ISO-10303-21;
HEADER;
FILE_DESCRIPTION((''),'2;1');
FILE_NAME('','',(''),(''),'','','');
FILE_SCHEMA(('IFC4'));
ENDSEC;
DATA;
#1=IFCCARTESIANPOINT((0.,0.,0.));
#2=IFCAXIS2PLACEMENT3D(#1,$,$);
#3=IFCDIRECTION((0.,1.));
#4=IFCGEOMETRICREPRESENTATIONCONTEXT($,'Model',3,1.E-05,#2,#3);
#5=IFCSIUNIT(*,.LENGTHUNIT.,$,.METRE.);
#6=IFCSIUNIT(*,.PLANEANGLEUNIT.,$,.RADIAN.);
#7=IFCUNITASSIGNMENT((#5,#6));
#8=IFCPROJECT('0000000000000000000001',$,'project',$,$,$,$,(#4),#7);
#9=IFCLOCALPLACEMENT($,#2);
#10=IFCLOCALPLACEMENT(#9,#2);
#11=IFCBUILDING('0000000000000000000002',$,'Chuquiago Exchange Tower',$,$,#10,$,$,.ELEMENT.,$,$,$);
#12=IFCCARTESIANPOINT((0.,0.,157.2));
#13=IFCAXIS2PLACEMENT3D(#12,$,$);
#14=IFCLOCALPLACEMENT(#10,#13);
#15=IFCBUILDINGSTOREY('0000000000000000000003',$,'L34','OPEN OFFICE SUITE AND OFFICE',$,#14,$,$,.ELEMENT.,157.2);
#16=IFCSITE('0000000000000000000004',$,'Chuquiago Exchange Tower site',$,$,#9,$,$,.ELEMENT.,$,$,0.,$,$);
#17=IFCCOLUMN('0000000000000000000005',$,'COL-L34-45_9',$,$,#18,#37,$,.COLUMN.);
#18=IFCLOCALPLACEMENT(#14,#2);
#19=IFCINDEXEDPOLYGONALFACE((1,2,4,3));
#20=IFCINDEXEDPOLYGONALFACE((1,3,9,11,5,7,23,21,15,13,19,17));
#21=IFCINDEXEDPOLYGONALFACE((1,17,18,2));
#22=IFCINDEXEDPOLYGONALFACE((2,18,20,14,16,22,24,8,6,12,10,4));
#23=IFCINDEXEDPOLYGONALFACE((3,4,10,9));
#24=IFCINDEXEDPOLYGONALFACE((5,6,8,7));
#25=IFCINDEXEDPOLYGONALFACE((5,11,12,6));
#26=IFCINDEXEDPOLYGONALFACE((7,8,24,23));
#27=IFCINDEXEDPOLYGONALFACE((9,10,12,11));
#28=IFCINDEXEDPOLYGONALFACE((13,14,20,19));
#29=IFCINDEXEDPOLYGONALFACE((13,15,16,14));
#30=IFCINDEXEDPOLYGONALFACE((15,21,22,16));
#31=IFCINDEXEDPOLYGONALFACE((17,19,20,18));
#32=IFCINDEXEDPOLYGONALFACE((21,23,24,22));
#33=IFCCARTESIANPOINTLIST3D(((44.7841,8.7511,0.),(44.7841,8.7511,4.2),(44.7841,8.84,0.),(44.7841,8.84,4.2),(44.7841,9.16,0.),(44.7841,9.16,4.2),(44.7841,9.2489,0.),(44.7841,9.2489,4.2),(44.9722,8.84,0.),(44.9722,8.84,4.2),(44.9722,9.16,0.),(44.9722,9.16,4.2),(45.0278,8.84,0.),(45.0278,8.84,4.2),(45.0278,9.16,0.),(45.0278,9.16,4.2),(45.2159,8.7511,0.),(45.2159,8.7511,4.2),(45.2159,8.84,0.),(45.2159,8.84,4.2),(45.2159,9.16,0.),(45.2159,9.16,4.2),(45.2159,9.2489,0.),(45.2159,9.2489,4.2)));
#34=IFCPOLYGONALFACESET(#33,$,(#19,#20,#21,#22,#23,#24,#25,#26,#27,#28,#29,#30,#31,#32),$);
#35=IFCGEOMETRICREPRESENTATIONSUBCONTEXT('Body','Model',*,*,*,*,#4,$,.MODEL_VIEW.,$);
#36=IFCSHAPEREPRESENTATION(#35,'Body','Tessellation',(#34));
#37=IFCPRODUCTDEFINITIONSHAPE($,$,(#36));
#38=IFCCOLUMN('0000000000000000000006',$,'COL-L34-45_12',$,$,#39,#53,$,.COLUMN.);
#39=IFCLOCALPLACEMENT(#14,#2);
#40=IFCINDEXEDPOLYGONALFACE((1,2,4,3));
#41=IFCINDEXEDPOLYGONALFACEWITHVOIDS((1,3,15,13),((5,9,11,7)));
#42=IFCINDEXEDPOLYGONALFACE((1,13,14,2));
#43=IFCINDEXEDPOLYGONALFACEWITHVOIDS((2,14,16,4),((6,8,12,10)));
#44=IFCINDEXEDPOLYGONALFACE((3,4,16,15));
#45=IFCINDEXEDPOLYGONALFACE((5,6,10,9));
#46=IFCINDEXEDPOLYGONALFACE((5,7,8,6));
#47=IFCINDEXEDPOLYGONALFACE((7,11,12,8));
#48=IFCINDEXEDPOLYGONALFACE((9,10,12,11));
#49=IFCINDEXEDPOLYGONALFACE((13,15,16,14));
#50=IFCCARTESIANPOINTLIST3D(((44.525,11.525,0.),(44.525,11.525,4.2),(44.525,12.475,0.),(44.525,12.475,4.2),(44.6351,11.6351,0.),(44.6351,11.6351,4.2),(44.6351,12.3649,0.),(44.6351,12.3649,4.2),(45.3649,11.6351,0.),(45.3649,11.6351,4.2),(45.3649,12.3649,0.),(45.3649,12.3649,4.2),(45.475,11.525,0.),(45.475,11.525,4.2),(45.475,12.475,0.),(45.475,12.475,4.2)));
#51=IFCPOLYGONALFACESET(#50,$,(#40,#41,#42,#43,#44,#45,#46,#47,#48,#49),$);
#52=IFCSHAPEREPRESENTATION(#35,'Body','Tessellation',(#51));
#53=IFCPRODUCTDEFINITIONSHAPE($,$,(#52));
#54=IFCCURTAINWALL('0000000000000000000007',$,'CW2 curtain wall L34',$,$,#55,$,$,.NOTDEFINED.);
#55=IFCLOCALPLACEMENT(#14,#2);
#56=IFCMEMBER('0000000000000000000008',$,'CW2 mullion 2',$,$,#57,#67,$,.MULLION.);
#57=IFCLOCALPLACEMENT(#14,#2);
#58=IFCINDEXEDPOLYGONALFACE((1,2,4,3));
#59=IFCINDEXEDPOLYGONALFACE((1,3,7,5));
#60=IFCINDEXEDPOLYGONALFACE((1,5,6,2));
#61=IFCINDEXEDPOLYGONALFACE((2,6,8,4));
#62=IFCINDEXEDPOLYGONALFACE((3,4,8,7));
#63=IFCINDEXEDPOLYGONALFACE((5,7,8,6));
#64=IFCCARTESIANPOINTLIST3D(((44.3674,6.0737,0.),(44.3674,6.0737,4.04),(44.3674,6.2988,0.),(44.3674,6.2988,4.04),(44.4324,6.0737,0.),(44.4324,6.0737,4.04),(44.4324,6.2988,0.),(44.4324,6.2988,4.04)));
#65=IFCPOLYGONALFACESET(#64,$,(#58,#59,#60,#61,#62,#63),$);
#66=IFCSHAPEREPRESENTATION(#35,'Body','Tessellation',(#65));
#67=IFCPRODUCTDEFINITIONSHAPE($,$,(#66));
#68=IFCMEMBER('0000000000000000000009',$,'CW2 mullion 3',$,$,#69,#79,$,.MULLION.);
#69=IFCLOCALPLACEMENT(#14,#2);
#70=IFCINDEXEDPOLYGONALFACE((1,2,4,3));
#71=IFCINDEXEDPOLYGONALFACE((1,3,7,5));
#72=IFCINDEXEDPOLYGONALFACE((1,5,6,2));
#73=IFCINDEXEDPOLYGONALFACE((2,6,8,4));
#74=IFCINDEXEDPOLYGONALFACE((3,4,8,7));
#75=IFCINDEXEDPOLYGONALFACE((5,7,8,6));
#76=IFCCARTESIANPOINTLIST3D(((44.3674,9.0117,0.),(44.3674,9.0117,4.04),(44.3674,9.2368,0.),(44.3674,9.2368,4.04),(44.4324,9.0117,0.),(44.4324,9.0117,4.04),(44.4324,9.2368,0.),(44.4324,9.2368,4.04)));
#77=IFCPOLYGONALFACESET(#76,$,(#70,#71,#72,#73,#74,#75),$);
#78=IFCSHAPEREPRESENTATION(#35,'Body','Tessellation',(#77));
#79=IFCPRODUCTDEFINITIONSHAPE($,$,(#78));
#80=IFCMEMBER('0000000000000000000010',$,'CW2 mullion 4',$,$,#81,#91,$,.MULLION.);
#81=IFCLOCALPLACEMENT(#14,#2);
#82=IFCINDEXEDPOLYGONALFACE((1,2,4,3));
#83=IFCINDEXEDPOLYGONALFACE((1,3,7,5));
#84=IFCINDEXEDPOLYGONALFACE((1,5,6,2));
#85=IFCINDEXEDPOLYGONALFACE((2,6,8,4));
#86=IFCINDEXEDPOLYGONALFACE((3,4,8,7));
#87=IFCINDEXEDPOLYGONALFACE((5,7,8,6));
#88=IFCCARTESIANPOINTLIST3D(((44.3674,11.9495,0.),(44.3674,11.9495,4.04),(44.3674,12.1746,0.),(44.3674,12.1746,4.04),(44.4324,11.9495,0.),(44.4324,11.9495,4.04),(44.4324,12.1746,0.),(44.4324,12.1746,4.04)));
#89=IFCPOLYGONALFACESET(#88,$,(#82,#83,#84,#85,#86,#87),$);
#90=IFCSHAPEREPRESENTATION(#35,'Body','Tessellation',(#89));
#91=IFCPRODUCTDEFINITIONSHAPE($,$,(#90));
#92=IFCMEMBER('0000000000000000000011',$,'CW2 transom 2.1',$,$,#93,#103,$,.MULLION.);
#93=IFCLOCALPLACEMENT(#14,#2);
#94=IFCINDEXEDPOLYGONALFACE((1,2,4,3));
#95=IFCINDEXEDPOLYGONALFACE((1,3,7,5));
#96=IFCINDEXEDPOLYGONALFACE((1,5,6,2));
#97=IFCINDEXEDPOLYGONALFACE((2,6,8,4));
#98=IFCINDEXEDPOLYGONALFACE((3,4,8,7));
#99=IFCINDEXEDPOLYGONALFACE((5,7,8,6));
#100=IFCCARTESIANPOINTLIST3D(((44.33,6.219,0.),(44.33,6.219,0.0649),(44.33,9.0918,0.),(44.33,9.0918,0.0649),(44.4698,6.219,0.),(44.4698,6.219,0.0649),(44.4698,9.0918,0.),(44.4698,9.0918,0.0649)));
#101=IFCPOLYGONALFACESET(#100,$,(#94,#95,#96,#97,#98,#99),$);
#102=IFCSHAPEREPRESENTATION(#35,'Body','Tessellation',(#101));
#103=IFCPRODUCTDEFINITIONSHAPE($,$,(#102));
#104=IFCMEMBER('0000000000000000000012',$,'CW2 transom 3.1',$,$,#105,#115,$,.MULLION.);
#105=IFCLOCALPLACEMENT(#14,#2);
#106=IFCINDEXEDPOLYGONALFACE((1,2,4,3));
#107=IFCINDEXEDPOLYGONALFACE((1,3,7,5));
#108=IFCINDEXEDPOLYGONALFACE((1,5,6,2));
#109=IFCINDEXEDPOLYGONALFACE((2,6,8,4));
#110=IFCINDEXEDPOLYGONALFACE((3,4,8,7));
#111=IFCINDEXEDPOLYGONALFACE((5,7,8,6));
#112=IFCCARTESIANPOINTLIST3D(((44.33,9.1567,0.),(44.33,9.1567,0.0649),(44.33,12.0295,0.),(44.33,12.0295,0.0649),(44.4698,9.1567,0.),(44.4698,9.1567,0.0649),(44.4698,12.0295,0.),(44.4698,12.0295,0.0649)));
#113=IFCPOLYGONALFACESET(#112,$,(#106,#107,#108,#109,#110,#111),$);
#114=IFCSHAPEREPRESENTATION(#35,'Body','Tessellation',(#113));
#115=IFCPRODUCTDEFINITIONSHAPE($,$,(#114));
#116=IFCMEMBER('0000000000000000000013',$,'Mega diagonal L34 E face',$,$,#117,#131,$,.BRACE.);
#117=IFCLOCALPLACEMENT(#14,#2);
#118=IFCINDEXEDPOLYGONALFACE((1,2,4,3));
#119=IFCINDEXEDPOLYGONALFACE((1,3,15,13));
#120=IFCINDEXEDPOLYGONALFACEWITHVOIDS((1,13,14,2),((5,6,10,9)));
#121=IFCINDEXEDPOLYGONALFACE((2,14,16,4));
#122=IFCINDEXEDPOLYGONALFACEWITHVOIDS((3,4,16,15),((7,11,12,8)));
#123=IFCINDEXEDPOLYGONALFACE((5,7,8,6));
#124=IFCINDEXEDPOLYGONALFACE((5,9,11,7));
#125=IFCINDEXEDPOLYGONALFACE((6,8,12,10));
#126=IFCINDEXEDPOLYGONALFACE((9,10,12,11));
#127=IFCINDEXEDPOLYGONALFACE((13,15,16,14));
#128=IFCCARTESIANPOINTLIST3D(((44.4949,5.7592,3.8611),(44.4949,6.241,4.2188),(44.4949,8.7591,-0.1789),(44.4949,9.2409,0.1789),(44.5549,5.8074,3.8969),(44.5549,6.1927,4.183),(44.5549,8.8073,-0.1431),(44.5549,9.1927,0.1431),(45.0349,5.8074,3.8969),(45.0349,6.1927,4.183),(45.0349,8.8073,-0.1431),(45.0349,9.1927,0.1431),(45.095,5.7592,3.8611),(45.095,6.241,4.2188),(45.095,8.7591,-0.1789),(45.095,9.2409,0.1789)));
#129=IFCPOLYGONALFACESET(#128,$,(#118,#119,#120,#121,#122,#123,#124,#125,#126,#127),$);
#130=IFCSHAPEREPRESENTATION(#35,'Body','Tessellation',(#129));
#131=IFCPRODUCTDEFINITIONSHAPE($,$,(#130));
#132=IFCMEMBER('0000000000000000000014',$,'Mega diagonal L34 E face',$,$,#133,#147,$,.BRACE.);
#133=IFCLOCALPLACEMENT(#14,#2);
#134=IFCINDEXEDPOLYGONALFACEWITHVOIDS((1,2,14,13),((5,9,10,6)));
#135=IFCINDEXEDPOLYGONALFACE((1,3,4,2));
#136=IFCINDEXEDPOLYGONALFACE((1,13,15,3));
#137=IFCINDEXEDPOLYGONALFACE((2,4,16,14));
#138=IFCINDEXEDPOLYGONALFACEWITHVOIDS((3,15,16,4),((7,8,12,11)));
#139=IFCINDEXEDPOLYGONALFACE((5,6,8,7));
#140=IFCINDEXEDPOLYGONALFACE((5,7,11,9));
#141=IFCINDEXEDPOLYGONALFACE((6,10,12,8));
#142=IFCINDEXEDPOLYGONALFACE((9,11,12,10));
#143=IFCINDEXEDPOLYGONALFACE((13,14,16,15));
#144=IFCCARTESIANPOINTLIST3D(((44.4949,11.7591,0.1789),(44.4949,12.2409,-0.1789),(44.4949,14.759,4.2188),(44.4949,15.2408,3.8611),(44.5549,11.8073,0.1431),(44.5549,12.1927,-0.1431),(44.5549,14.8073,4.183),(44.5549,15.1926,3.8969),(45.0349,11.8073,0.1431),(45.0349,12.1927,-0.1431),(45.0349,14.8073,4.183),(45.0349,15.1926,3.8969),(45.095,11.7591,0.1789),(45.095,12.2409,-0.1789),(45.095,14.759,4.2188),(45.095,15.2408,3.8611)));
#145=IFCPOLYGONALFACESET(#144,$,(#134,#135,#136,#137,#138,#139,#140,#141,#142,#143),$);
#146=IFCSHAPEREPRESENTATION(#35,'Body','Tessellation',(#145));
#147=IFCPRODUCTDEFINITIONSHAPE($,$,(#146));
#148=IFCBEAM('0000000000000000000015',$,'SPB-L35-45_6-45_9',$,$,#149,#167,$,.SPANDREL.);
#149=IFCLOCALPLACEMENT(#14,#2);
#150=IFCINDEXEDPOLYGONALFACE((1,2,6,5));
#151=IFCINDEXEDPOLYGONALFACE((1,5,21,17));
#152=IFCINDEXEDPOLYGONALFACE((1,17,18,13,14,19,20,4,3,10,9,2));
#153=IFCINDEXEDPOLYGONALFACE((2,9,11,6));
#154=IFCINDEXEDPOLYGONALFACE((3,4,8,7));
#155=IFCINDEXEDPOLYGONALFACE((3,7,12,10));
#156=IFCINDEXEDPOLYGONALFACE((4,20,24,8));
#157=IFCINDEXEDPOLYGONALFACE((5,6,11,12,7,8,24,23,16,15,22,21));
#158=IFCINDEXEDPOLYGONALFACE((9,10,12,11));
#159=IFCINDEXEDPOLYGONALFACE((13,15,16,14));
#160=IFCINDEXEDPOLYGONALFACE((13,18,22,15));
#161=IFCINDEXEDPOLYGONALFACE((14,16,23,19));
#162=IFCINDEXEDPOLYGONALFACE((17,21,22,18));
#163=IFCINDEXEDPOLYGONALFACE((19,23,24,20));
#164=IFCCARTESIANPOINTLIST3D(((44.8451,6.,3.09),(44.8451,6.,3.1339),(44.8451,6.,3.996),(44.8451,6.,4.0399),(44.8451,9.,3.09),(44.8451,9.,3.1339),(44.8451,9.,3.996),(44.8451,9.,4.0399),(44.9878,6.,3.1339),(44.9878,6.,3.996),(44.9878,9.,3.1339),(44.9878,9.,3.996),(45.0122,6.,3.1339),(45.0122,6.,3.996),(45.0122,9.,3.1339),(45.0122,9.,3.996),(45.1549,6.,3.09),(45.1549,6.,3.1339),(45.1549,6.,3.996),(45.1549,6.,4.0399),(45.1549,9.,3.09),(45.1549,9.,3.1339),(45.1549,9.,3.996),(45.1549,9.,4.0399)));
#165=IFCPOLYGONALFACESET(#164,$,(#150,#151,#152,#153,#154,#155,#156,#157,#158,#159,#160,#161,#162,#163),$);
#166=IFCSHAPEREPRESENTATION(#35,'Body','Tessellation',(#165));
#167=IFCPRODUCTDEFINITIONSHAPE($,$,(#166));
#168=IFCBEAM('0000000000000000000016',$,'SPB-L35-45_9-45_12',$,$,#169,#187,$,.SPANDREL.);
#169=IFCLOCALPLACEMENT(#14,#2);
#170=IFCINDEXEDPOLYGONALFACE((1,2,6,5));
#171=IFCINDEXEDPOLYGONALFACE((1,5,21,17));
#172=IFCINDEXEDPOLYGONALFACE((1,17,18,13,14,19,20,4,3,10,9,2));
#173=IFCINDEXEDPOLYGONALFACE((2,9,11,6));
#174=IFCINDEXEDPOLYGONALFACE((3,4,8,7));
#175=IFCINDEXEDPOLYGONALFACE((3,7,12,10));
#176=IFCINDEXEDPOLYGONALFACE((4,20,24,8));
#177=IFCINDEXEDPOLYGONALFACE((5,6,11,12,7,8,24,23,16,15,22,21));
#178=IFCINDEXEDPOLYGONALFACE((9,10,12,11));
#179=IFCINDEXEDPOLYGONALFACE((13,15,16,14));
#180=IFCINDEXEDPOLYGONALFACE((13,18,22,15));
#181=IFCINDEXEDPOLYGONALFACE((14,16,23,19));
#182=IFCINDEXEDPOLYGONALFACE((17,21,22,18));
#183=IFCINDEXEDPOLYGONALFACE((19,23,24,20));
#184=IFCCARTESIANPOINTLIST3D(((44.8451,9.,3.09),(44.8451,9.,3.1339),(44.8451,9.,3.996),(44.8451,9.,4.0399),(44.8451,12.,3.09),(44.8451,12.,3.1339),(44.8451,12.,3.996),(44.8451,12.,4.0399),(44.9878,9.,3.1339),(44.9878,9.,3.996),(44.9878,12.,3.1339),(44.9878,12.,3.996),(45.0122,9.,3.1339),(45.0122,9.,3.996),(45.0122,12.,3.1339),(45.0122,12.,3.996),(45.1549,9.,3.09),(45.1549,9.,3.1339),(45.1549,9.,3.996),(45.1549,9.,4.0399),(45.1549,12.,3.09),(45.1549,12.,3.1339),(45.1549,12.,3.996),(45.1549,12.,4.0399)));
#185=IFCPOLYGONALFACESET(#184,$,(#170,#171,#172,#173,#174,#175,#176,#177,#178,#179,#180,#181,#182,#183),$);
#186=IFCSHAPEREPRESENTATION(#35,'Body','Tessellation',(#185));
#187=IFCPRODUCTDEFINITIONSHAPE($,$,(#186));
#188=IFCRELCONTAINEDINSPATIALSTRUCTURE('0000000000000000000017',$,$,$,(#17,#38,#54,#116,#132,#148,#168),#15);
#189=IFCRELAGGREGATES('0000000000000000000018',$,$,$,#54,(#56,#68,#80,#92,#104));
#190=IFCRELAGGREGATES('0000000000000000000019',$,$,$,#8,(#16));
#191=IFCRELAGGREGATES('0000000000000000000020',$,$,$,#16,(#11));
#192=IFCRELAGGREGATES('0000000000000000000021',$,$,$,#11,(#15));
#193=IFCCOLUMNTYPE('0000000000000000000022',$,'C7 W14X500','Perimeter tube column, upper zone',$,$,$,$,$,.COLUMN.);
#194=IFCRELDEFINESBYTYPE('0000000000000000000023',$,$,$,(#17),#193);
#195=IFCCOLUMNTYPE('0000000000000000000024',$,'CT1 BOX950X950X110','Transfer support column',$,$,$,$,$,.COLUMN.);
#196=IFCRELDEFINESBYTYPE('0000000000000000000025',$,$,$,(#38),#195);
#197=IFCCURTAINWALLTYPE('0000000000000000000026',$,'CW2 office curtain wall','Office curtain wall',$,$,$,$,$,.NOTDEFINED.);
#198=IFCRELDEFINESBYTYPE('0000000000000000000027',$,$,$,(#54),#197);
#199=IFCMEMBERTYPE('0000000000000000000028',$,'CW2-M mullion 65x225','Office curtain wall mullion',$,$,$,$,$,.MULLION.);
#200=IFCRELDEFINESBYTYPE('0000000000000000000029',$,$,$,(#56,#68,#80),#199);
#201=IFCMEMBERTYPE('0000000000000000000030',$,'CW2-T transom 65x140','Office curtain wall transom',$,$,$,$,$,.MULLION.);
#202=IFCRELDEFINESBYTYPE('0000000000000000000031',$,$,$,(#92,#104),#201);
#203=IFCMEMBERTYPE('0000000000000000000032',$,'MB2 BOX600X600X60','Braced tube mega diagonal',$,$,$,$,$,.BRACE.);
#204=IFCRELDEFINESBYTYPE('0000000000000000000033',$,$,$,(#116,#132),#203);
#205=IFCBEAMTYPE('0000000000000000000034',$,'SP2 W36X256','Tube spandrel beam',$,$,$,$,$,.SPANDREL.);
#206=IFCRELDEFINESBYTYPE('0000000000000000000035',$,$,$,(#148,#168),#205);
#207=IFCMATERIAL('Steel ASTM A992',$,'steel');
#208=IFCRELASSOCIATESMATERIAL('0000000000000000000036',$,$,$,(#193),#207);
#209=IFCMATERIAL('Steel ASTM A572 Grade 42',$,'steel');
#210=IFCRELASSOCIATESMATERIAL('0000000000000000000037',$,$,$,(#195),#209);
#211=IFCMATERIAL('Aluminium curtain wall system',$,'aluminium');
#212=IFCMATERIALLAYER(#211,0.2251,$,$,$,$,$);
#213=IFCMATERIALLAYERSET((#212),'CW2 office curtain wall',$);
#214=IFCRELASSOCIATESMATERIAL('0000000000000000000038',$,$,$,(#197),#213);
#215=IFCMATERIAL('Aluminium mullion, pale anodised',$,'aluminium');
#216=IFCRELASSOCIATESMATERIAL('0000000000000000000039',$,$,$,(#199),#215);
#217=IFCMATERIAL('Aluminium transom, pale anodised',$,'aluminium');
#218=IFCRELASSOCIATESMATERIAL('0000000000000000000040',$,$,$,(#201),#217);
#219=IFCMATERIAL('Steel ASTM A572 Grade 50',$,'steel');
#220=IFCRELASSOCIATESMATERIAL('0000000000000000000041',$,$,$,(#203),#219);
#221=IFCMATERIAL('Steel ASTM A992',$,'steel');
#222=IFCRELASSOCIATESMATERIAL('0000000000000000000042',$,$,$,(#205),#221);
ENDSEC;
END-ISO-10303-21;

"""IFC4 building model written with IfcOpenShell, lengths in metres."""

from ifc_helpers import new_model, si_unit, direction, frame, origin, origin_2d, place, context, subcontext, project, spatial, rectangle, hollow_rectangle, i_section, extrude, material, layer, layer_set, material_profile, profile_set, type_object, element, aggregate, save


model = new_model("IFC4")

# Units and contexts
model_context = context("Model", 3, precision=1e-05, world=origin(), true_north=direction((0.0, 1.0)))
body_context = subcontext(model_context, "Body", "Model", "MODEL_VIEW")
ifc_project = project(units=[si_unit("LENGTHUNIT", "METRE"), si_unit("PLANEANGLEUNIT", "RADIAN")], contexts=[model_context])

# Site, building, storey
site_placement = place(None, origin())
site = spatial("IfcSite", under=ifc_project, at=site_placement, Name="Chuquiago Exchange Tower site", CompositionType="ELEMENT", RefElevation=0.0)
building_placement = place(site_placement, origin())
building = spatial("IfcBuilding", under=site, at=building_placement, Name="Chuquiago Exchange Tower", CompositionType="ELEMENT")
storey_placement = place(building_placement, frame((0.0, 0.0, 157.2)))
storey = spatial("IfcBuildingStorey", under=building, at=storey_placement, Name="L34", Description="OPEN OFFICE SUITE AND OFFICE", CompositionType="ELEMENT", Elevation=157.2)

# Columns
ifc_material_1 = material(Name="Steel ASTM A992", Category="steel")
ifc_material_profile_1 = material_profile(ifc_material_1, i_section(OverallWidth=0.4319, OverallDepth=0.4978, WebThickness=0.0557, FlangeThickness=0.0889, at=origin_2d()), Name="W14X500")
ifc_profile_set_1 = profile_set([ifc_material_profile_1], Name="Steel ASTM A992")
column_type_1 = type_object("IfcColumnType", Name="C7 W14X500", Description="Perimeter tube column, upper zone", PredefinedType="COLUMN", material=ifc_profile_set_1)
column_1_placement = place(storey_placement, frame((45.0, 9.0, 0.0), z_axis=(0.0, 0.0, 1.0), x_axis=(1.0, 0.0, 0.0)))
element("IfcColumn", 1, at=column_1_placement, inside=storey, type_object=column_type_1, Name="COL-L34-45_9", PredefinedType="COLUMN", context=body_context, shape_type="SweptSolid", body=[
    extrude(i_section(OverallWidth=0.4319, OverallDepth=0.4978, WebThickness=0.0557, FlangeThickness=0.0889, at=origin_2d()), origin(), (0.0, 0.0, 1.0), 4.2),
])
ifc_material_2 = material(Name="Steel ASTM A572 Grade 42", Category="steel")
ifc_material_profile_2 = material_profile(ifc_material_2, hollow_rectangle(XDim=0.95, YDim=0.95, WallThickness=0.1101, at=origin_2d()), Name="BOX950X950X110")
ifc_profile_set_2 = profile_set([ifc_material_profile_2], Name="Steel ASTM A572 Grade 42")
column_type_2 = type_object("IfcColumnType", Name="CT1 BOX950X950X110", Description="Transfer support column", PredefinedType="COLUMN", material=ifc_profile_set_2)
column_2_placement = place(storey_placement, frame((45.0, 12.0, 0.0), z_axis=(0.0, 0.0, 1.0), x_axis=(1.0, 0.0, 0.0)))
element("IfcColumn", 2, at=column_2_placement, inside=storey, type_object=column_type_2, Name="COL-L34-45_12", PredefinedType="COLUMN", context=body_context, shape_type="SweptSolid", body=[
    extrude(hollow_rectangle(XDim=0.95, YDim=0.95, WallThickness=0.1101, at=origin_2d()), origin(), (0.0, 0.0, 1.0), 4.2),
])

# Curtain wall, members
ifc_material_3 = material(Name="Aluminium curtain wall system", Category="aluminium")
ifc_layer_1 = layer(ifc_material_3, 0.2251)
ifc_layer_set_1 = layer_set([ifc_layer_1], Name="CW2 office curtain wall")
curtain_wall_type = type_object("IfcCurtainWallType", Name="CW2 office curtain wall", Description="Office curtain wall", PredefinedType="NOTDEFINED", material=ifc_layer_set_1)
curtain_wall_placement = place(storey_placement, origin())
curtain_wall = element("IfcCurtainWall", 3, at=curtain_wall_placement, inside=storey, type_object=curtain_wall_type, Name="CW2 curtain wall L34", PredefinedType="NOTDEFINED")
ifc_material_4 = material(Name="Aluminium mullion, pale anodised", Category="aluminium")
ifc_material_profile_3 = material_profile(ifc_material_4, rectangle(XDim=0.0649, YDim=0.2251, at=origin_2d()), Name="AL 65x225")
ifc_profile_set_3 = profile_set([ifc_material_profile_3], Name="Aluminium mullion, pale anodised")
member_type_1 = type_object("IfcMemberType", Name="CW2-M mullion 65x225", Description="Office curtain wall mullion", PredefinedType="MULLION", material=ifc_profile_set_3)
member_1_placement = place(storey_placement, frame((44.3999, 6.1863, 0.0), z_axis=(0.0, 0.0, 1.0), x_axis=(-1.0, 0.0, 0.0)))
member_1 = element("IfcMember", 4, at=member_1_placement, type_object=member_type_1, Name="CW2 mullion 2", PredefinedType="MULLION", context=body_context, shape_type="SweptSolid", body=[
    extrude(rectangle(XDim=0.0649, YDim=0.2251, at=origin_2d()), origin(), (0.0, 0.0, 1.0), 4.04),
])
member_2_placement = place(storey_placement, frame((44.3999, 9.1243, 0.0), z_axis=(0.0, 0.0, 1.0), x_axis=(-1.0, 0.0, 0.0)))
member_2 = element("IfcMember", 5, at=member_2_placement, type_object=member_type_1, Name="CW2 mullion 3", PredefinedType="MULLION", context=body_context, shape_type="SweptSolid", body=[
    extrude(rectangle(XDim=0.0649, YDim=0.2251, at=origin_2d()), origin(), (0.0, 0.0, 1.0), 4.04),
])
member_3_placement = place(storey_placement, frame((44.3999, 12.062, 0.0), z_axis=(0.0, 0.0, 1.0), x_axis=(-1.0, 0.0, 0.0)))
member_3 = element("IfcMember", 6, at=member_3_placement, type_object=member_type_1, Name="CW2 mullion 4", PredefinedType="MULLION", context=body_context, shape_type="SweptSolid", body=[
    extrude(rectangle(XDim=0.0649, YDim=0.2251, at=origin_2d()), origin(), (0.0, 0.0, 1.0), 4.04),
])
ifc_material_5 = material(Name="Aluminium transom, pale anodised", Category="aluminium")
ifc_material_profile_4 = material_profile(ifc_material_5, rectangle(XDim=0.1399, YDim=0.0649, at=origin_2d()), Name="AL 140x65")
ifc_profile_set_4 = profile_set([ifc_material_profile_4], Name="Aluminium transom, pale anodised")
member_type_2 = type_object("IfcMemberType", Name="CW2-T transom 65x140", Description="Office curtain wall transom", PredefinedType="MULLION", material=ifc_profile_set_4)
member_4_placement = place(storey_placement, frame((44.3999, 6.219, 0.0325), z_axis=(0.0, 1.0, 0.0), x_axis=(-1.0, 0.0, 0.0)))
member_4 = element("IfcMember", 7, at=member_4_placement, type_object=member_type_2, Name="CW2 transom 2.1", PredefinedType="MULLION", context=body_context, shape_type="SweptSolid", body=[
    extrude(rectangle(XDim=0.1399, YDim=0.0649, at=origin_2d()), origin(), (0.0, 0.0, 1.0), 2.8728),
])
member_5_placement = place(storey_placement, frame((44.3999, 9.1567, 0.0325), z_axis=(0.0, 1.0, 0.0), x_axis=(-1.0, 0.0, 0.0)))
member_5 = element("IfcMember", 8, at=member_5_placement, type_object=member_type_2, Name="CW2 transom 3.1", PredefinedType="MULLION", context=body_context, shape_type="SweptSolid", body=[
    extrude(rectangle(XDim=0.1399, YDim=0.0649, at=origin_2d()), origin(), (0.0, 0.0, 1.0), 2.8728),
])

# Members
ifc_material_6 = material(Name="Steel ASTM A572 Grade 50", Category="steel")
ifc_material_profile_5 = material_profile(ifc_material_6, hollow_rectangle(XDim=0.6001, YDim=0.6001, WallThickness=0.0601, at=origin_2d()), Name="BOX600X600X60")
ifc_profile_set_5 = profile_set([ifc_material_profile_5], Name="Steel ASTM A572 Grade 50")
member_type_3 = type_object("IfcMemberType", Name="MB2 BOX600X600X60", Description="Braced tube mega diagonal", PredefinedType="BRACE", material=ifc_profile_set_5)
for number, where, z_axis, x_axis, name in (
    (9, (44.7949, 9.0, 0.0), (0.0, -0.596174, 0.802855), (1.0, 0.0, 0.0), "Mega diagonal L34 E face"),
    (10, (44.7949, 12.0, 0.0), (0.0, 0.596174, 0.802855), (-1.0, 0.0, 0.0), "Mega diagonal L34 E face"),
):
    element("IfcMember", number, at=place(storey_placement, frame(where, z_axis=z_axis, x_axis=x_axis)), inside=storey, type_object=member_type_3, Name=name, PredefinedType="BRACE", context=body_context, shape_type="SweptSolid", body=[
        extrude(hollow_rectangle(XDim=0.6001, YDim=0.6001, WallThickness=0.0601, at=origin_2d()), origin(), (0.0, 0.0, 1.0), 5.032),
    ])

# Beams
ifc_material_7 = material(Name="Steel ASTM A992", Category="steel")
ifc_material_profile_6 = material_profile(ifc_material_7, i_section(OverallWidth=0.3098, OverallDepth=0.95, WebThickness=0.0244, FlangeThickness=0.0439, at=origin_2d()), Name="W36X256")
ifc_profile_set_6 = profile_set([ifc_material_profile_6], Name="Steel ASTM A992")
beam_type = type_object("IfcBeamType", Name="SP2 W36X256", Description="Tube spandrel beam", PredefinedType="SPANDREL", material=ifc_profile_set_6)
for number, where, z_axis, x_axis, name in (
    (11, (45.0, 6.0, 3.5649), (0.0, 1.0, 0.0), (-1.0, 0.0, 0.0), "SPB-L35-45_6-45_9"),
    (12, (45.0, 9.0, 3.5649), (0.0, 1.0, 0.0), (-1.0, 0.0, 0.0), "SPB-L35-45_9-45_12"),
):
    element("IfcBeam", number, at=place(storey_placement, frame(where, z_axis=z_axis, x_axis=x_axis)), inside=storey, type_object=beam_type, Name=name, PredefinedType="SPANDREL", context=body_context, shape_type="SweptSolid", body=[
        extrude(i_section(OverallWidth=0.3098, OverallDepth=0.95, WebThickness=0.0244, FlangeThickness=0.0439, at=origin_2d()), origin(), (0.0, 0.0, 1.0), 3.0),
    ])

aggregate(curtain_wall, [member_1, member_2, member_3, member_4, member_5])

save(model, "model.ifc")
